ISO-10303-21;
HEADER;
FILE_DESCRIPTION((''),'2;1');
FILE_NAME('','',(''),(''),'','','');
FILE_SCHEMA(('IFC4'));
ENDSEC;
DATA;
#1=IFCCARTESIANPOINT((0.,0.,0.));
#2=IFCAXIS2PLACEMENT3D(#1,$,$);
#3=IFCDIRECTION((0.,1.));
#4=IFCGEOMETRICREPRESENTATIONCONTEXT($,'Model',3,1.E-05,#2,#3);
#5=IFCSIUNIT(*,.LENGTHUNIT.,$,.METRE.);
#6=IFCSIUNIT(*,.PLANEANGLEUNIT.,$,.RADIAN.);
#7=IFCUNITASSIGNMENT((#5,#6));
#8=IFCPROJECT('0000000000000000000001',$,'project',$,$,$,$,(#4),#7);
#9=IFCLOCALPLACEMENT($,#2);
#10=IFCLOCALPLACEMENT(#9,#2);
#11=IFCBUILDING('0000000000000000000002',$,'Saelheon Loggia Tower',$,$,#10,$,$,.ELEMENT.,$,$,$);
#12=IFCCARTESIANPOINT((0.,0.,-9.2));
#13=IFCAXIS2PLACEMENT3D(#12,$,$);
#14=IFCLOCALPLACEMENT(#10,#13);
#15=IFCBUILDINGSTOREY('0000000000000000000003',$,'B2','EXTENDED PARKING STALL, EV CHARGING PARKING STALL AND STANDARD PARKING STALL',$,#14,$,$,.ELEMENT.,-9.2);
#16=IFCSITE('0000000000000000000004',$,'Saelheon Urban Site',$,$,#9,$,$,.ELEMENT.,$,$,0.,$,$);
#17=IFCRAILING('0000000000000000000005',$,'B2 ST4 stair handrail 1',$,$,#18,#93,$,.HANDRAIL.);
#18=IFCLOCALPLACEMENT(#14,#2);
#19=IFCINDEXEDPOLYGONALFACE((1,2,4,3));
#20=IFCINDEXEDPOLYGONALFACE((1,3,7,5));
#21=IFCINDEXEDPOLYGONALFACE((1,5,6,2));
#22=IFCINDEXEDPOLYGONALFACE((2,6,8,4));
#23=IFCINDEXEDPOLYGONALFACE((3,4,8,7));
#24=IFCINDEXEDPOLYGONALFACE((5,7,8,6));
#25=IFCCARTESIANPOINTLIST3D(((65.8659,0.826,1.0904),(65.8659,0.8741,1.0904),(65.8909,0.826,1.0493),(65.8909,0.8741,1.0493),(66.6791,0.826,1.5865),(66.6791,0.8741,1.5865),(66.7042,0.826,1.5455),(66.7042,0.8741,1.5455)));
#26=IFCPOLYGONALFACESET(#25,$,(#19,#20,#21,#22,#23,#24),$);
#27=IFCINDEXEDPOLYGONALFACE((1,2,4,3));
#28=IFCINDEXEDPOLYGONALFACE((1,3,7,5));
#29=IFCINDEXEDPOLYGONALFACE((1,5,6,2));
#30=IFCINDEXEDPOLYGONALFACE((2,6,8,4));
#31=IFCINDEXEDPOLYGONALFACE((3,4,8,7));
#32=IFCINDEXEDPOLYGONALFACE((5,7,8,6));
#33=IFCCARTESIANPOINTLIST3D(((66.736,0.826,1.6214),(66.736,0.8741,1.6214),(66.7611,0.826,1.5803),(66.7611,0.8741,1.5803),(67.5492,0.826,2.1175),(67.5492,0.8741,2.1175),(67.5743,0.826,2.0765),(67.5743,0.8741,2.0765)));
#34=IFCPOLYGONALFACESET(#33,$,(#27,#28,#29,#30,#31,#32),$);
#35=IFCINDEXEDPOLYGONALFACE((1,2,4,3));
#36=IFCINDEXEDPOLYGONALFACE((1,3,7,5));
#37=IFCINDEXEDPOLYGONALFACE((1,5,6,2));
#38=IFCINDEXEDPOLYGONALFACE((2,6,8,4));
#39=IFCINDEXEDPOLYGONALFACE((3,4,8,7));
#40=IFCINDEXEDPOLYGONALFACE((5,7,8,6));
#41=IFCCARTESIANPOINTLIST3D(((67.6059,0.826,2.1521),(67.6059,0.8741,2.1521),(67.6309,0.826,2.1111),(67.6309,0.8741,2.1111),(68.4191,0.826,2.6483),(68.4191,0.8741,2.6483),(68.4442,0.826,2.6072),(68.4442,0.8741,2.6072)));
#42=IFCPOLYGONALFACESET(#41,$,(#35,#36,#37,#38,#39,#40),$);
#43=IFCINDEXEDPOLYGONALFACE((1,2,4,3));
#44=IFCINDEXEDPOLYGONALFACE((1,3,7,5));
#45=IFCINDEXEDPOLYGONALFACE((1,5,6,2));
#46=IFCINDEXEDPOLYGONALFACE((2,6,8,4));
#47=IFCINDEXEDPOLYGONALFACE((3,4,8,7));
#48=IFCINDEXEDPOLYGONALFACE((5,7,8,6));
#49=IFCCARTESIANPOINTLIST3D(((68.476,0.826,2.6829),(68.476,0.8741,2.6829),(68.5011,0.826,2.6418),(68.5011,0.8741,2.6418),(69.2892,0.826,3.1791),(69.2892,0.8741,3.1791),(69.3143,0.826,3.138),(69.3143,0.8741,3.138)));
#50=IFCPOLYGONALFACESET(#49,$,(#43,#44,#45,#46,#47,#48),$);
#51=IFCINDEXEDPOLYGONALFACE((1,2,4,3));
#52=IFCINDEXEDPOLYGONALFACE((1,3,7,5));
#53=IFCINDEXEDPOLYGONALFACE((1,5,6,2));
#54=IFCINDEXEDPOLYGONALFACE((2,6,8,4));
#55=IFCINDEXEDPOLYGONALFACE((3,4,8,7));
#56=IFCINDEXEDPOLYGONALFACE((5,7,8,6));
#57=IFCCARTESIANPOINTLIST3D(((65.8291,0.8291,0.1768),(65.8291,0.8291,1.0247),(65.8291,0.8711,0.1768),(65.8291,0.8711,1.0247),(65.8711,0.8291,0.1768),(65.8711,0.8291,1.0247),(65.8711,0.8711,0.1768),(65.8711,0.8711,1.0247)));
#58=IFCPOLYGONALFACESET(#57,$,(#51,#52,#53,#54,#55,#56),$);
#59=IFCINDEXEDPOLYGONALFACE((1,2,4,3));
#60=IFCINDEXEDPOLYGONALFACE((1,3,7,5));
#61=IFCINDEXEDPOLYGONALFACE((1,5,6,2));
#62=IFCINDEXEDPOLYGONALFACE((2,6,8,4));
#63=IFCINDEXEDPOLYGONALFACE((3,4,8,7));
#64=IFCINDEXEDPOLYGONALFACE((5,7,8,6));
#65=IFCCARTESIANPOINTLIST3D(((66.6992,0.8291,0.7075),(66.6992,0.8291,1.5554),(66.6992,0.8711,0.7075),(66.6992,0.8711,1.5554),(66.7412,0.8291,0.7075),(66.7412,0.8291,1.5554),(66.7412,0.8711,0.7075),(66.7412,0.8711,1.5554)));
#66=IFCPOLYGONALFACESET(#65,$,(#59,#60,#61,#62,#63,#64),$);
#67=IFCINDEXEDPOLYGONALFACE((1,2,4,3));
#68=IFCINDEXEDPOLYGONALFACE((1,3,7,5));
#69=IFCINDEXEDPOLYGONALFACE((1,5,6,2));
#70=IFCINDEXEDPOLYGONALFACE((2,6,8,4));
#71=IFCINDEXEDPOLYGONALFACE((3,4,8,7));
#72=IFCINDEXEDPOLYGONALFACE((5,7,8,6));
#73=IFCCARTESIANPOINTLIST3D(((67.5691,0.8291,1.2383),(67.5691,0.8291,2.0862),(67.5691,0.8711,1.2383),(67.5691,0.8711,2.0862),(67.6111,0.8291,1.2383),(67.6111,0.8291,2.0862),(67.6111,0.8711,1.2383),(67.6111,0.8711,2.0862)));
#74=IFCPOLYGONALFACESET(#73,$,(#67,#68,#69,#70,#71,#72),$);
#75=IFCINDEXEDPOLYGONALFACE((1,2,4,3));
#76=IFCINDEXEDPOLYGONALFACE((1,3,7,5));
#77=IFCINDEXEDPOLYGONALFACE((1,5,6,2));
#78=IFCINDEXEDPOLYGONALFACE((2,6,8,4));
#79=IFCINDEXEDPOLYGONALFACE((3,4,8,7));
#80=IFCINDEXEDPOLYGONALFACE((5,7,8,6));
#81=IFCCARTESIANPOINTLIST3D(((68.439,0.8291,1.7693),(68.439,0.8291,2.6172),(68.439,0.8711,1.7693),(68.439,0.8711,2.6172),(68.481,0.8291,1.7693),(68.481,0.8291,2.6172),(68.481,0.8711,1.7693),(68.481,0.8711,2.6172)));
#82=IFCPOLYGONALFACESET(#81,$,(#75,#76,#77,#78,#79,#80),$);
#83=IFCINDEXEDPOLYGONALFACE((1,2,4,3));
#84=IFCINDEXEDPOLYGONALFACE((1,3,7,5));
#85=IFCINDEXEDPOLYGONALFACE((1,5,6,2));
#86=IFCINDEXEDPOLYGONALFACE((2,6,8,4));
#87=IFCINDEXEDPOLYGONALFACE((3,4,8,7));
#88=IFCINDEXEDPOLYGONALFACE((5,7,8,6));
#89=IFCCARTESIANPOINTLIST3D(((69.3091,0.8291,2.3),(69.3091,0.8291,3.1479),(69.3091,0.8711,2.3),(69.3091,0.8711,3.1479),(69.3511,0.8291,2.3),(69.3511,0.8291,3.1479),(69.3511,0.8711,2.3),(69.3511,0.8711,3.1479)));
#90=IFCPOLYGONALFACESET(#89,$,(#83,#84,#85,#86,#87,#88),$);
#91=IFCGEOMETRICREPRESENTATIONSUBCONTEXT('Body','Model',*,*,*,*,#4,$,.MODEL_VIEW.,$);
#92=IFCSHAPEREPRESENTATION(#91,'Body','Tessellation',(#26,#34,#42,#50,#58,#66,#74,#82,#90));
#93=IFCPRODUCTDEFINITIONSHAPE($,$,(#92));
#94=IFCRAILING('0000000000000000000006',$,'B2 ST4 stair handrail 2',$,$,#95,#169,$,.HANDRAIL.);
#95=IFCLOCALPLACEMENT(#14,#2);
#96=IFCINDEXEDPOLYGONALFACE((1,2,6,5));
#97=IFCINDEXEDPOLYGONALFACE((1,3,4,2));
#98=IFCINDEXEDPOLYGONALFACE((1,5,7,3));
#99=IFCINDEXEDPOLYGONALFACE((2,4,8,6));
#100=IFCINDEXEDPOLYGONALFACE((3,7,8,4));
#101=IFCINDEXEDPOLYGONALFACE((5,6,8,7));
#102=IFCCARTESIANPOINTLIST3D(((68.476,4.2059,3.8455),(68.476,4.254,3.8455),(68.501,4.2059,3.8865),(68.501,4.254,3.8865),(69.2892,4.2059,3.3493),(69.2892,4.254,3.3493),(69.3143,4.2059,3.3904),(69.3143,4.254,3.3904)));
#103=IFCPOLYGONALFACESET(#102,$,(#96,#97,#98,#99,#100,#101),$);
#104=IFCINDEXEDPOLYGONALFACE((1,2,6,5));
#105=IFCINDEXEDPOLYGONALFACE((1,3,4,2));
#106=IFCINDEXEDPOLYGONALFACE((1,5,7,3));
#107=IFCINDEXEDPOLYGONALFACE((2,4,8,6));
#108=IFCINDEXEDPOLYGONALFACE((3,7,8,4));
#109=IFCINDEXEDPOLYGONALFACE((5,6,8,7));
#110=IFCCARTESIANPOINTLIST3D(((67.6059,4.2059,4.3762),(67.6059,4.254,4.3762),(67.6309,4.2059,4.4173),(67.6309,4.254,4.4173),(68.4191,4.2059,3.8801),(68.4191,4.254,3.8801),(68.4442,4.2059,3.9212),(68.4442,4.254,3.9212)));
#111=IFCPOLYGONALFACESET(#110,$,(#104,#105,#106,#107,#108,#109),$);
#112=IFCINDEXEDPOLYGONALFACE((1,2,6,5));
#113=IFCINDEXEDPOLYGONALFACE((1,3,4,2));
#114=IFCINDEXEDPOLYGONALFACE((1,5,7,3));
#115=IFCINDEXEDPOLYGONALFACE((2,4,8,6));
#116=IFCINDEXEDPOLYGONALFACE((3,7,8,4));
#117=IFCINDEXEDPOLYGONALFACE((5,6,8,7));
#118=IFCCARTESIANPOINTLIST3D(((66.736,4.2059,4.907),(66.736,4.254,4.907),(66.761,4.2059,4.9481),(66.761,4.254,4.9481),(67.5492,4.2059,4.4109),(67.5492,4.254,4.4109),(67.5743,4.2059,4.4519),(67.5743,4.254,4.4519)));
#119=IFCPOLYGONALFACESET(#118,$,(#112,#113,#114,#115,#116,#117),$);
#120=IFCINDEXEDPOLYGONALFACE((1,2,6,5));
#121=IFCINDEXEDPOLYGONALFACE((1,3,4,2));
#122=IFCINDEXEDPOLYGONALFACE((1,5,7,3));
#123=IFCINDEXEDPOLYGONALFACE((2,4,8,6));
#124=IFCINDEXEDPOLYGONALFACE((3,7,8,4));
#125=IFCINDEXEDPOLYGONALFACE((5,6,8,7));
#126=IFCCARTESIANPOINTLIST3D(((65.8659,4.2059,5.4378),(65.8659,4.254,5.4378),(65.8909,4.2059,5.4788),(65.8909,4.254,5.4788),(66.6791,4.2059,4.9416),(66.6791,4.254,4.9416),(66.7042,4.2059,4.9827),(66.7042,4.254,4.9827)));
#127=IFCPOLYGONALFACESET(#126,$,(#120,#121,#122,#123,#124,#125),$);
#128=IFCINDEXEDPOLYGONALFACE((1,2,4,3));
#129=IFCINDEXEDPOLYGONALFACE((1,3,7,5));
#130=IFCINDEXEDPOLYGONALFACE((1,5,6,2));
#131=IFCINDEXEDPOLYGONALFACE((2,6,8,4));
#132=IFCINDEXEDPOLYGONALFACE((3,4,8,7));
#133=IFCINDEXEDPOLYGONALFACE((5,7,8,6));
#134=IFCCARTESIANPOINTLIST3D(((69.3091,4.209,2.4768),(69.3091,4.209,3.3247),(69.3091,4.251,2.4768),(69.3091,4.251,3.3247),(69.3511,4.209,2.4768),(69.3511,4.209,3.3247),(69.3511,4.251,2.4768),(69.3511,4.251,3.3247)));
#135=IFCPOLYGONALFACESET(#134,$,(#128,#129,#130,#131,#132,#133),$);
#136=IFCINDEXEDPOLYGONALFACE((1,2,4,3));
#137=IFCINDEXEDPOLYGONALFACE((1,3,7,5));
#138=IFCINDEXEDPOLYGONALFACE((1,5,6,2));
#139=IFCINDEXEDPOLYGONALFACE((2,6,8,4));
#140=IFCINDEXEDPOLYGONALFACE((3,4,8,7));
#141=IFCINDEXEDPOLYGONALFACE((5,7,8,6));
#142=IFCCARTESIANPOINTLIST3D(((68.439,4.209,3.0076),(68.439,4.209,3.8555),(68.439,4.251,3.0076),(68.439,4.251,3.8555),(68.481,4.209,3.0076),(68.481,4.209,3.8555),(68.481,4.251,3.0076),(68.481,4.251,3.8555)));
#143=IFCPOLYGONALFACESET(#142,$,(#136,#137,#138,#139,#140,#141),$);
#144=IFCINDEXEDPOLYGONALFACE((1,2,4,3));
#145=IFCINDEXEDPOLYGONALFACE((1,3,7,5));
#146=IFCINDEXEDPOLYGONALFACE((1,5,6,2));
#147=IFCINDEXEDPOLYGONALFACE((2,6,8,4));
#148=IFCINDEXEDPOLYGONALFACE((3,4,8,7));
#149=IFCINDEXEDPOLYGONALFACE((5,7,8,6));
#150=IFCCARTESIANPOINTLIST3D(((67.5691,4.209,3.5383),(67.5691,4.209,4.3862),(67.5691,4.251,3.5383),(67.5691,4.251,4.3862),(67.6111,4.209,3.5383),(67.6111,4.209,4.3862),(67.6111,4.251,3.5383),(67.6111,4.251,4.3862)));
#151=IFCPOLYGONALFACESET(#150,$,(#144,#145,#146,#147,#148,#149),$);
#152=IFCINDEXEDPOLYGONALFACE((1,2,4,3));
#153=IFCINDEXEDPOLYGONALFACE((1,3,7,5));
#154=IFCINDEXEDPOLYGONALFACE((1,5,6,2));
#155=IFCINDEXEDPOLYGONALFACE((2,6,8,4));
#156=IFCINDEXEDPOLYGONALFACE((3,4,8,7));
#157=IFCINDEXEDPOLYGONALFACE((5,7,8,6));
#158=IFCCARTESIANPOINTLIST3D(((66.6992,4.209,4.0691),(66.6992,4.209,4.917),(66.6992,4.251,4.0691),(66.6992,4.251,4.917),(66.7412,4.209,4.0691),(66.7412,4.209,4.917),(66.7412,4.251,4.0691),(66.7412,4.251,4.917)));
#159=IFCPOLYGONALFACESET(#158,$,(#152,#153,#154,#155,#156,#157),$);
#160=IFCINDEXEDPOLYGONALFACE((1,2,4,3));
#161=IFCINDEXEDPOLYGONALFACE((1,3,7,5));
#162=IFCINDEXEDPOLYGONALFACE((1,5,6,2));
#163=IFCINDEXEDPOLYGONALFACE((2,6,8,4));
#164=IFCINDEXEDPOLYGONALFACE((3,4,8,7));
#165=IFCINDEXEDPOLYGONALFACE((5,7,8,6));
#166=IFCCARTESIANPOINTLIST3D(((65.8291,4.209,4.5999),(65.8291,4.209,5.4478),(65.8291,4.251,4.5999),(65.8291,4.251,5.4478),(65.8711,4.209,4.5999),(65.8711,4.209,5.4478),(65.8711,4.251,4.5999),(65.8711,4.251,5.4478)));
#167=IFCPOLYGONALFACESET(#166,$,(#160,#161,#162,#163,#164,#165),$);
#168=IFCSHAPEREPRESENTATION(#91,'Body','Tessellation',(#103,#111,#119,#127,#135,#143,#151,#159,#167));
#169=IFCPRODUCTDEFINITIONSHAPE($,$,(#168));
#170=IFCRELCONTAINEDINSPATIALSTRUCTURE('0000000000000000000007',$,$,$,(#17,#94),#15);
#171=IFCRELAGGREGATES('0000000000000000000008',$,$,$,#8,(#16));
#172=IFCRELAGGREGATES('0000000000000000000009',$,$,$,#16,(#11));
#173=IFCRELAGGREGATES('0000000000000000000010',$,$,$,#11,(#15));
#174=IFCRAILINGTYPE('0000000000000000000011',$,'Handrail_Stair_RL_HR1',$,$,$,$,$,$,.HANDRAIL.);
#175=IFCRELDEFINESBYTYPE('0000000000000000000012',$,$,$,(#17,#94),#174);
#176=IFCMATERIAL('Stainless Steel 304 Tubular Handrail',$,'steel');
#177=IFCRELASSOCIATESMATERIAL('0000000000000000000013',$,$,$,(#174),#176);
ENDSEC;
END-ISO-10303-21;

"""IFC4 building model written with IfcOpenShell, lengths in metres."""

from ifc_helpers import new_model, si_unit, direction, frame, origin, origin_2d, place, context, subcontext, project, spatial, rectangle, extrude, material, type_object, element, save


model = new_model("IFC4")

# Units and contexts
model_context = context("Model", 3, precision=1e-05, world=origin(), true_north=direction((0.0, 1.0)))
body_context = subcontext(model_context, "Body", "Model", "MODEL_VIEW")
ifc_project = project(units=[si_unit("LENGTHUNIT", "METRE"), si_unit("PLANEANGLEUNIT", "RADIAN")], contexts=[model_context])

# Site, building, storey
site_placement = place(None, origin())
site = spatial("IfcSite", under=ifc_project, at=site_placement, Name="Saelheon Urban Site", CompositionType="ELEMENT", RefElevation=0.0)
building_placement = place(site_placement, origin())
building = spatial("IfcBuilding", under=site, at=building_placement, Name="Saelheon Loggia Tower", CompositionType="ELEMENT")
storey_placement = place(building_placement, frame((0.0, 0.0, -9.2)))
storey = spatial("IfcBuildingStorey", under=building, at=storey_placement, Name="B2", Description="EXTENDED PARKING STALL, EV CHARGING PARKING STALL AND STANDARD PARKING STALL", CompositionType="ELEMENT", Elevation=-9.2)

# Railings
ifc_material_1 = material(Name="Stainless Steel 304 Tubular Handrail", Category="steel")
railing_type_1 = type_object("IfcRailingType", Name="Handrail_Stair_RL_HR1", PredefinedType="HANDRAIL", material=ifc_material_1)
railing_1_placement = place(storey_placement, frame((65.8501, 0.8501, 0.1768)))
element("IfcRailing", 1, at=railing_1_placement, inside=storey, type_object=railing_type_1, Name="B2 ST4 stair handrail 1", PredefinedType="HANDRAIL", context=body_context, shape_type="SweptSolid", body=[
    extrude(rectangle(XDim=0.0481, YDim=0.0481, at=origin_2d()), frame((0.0283, 0.0, 0.8931), z_axis=(0.853649, 0.0, 0.520849), x_axis=(0.0, 1.0, 0.0)), (0.0, 0.0, 1.0), 0.9526),
    extrude(rectangle(XDim=0.0481, YDim=0.0481, at=origin_2d()), frame((0.8984, 0.0, 1.4241), z_axis=(0.853649, 0.0, 0.520849), x_axis=(0.0, 1.0, 0.0)), (0.0, 0.0, 1.0), 0.9526),
    extrude(rectangle(XDim=0.0481, YDim=0.0481, at=origin_2d()), frame((1.7683, 0.0, 1.9548), z_axis=(0.853649, 0.0, 0.520849), x_axis=(0.0, 1.0, 0.0)), (0.0, 0.0, 1.0), 0.9526),
    extrude(rectangle(XDim=0.0481, YDim=0.0481, at=origin_2d()), frame((2.6384, 0.0, 2.4856), z_axis=(0.853649, 0.0, 0.520849), x_axis=(0.0, 1.0, 0.0)), (0.0, 0.0, 1.0), 0.9526),
    extrude(rectangle(XDim=0.042, YDim=0.042, at=origin_2d()), origin(), (0.0, 0.0, 1.0), 0.8479),
    extrude(rectangle(XDim=0.042, YDim=0.042, at=origin_2d()), frame((0.8701, 0.0, 0.5308)), (0.0, 0.0, 1.0), 0.8479),
    extrude(rectangle(XDim=0.042, YDim=0.042, at=origin_2d()), frame((1.74, 0.0, 1.0615)), (0.0, 0.0, 1.0), 0.8479),
    extrude(rectangle(XDim=0.042, YDim=0.042, at=origin_2d()), frame((2.6099, 0.0, 1.5925)), (0.0, 0.0, 1.0), 0.8479),
    extrude(rectangle(XDim=0.042, YDim=0.042, at=origin_2d()), frame((3.48, 0.0, 2.1233)), (0.0, 0.0, 1.0), 0.8479),
])
railing_2_placement = place(storey_placement, frame((69.3301, 4.23, 2.4768)))
element("IfcRailing", 2, at=railing_2_placement, inside=storey, type_object=railing_type_1, Name="B2 ST4 stair handrail 2", PredefinedType="HANDRAIL", context=body_context, shape_type="SweptSolid", body=[
    extrude(rectangle(XDim=0.0481, YDim=0.0481, at=origin_2d()), frame((-0.0283, 0.0, 0.8931), z_axis=(-0.853675, 0.0, 0.520805), x_axis=(0.0, -1.0, 0.0)), (0.0, 0.0, 1.0), 0.9526),
    extrude(rectangle(XDim=0.0481, YDim=0.0481, at=origin_2d()), frame((-0.8984, 0.0, 1.4238), z_axis=(-0.853675, 0.0, 0.520805), x_axis=(0.0, -1.0, 0.0)), (0.0, 0.0, 1.0), 0.9526),
    extrude(rectangle(XDim=0.0481, YDim=0.0481, at=origin_2d()), frame((-1.7683, 0.0, 1.9546), z_axis=(-0.853675, 0.0, 0.520805), x_axis=(0.0, -1.0, 0.0)), (0.0, 0.0, 1.0), 0.9526),
    extrude(rectangle(XDim=0.0481, YDim=0.0481, at=origin_2d()), frame((-2.6384, 0.0, 2.4854), z_axis=(-0.853675, 0.0, 0.520805), x_axis=(0.0, -1.0, 0.0)), (0.0, 0.0, 1.0), 0.9526),
    extrude(rectangle(XDim=0.042, YDim=0.042, at=origin_2d()), origin(), (0.0, 0.0, 1.0), 0.8479),
    extrude(rectangle(XDim=0.042, YDim=0.042, at=origin_2d()), frame((-0.8701, 0.0, 0.5308)), (0.0, 0.0, 1.0), 0.8479),
    extrude(rectangle(XDim=0.042, YDim=0.042, at=origin_2d()), frame((-1.74, 0.0, 1.0615)), (0.0, 0.0, 1.0), 0.8479),
    extrude(rectangle(XDim=0.042, YDim=0.042, at=origin_2d()), frame((-2.6099, 0.0, 1.5923)), (0.0, 0.0, 1.0), 0.8479),
    extrude(rectangle(XDim=0.042, YDim=0.042, at=origin_2d()), frame((-3.48, 0.0, 2.123)), (0.0, 0.0, 1.0), 0.8479),
])

save(model, "model.ifc")
